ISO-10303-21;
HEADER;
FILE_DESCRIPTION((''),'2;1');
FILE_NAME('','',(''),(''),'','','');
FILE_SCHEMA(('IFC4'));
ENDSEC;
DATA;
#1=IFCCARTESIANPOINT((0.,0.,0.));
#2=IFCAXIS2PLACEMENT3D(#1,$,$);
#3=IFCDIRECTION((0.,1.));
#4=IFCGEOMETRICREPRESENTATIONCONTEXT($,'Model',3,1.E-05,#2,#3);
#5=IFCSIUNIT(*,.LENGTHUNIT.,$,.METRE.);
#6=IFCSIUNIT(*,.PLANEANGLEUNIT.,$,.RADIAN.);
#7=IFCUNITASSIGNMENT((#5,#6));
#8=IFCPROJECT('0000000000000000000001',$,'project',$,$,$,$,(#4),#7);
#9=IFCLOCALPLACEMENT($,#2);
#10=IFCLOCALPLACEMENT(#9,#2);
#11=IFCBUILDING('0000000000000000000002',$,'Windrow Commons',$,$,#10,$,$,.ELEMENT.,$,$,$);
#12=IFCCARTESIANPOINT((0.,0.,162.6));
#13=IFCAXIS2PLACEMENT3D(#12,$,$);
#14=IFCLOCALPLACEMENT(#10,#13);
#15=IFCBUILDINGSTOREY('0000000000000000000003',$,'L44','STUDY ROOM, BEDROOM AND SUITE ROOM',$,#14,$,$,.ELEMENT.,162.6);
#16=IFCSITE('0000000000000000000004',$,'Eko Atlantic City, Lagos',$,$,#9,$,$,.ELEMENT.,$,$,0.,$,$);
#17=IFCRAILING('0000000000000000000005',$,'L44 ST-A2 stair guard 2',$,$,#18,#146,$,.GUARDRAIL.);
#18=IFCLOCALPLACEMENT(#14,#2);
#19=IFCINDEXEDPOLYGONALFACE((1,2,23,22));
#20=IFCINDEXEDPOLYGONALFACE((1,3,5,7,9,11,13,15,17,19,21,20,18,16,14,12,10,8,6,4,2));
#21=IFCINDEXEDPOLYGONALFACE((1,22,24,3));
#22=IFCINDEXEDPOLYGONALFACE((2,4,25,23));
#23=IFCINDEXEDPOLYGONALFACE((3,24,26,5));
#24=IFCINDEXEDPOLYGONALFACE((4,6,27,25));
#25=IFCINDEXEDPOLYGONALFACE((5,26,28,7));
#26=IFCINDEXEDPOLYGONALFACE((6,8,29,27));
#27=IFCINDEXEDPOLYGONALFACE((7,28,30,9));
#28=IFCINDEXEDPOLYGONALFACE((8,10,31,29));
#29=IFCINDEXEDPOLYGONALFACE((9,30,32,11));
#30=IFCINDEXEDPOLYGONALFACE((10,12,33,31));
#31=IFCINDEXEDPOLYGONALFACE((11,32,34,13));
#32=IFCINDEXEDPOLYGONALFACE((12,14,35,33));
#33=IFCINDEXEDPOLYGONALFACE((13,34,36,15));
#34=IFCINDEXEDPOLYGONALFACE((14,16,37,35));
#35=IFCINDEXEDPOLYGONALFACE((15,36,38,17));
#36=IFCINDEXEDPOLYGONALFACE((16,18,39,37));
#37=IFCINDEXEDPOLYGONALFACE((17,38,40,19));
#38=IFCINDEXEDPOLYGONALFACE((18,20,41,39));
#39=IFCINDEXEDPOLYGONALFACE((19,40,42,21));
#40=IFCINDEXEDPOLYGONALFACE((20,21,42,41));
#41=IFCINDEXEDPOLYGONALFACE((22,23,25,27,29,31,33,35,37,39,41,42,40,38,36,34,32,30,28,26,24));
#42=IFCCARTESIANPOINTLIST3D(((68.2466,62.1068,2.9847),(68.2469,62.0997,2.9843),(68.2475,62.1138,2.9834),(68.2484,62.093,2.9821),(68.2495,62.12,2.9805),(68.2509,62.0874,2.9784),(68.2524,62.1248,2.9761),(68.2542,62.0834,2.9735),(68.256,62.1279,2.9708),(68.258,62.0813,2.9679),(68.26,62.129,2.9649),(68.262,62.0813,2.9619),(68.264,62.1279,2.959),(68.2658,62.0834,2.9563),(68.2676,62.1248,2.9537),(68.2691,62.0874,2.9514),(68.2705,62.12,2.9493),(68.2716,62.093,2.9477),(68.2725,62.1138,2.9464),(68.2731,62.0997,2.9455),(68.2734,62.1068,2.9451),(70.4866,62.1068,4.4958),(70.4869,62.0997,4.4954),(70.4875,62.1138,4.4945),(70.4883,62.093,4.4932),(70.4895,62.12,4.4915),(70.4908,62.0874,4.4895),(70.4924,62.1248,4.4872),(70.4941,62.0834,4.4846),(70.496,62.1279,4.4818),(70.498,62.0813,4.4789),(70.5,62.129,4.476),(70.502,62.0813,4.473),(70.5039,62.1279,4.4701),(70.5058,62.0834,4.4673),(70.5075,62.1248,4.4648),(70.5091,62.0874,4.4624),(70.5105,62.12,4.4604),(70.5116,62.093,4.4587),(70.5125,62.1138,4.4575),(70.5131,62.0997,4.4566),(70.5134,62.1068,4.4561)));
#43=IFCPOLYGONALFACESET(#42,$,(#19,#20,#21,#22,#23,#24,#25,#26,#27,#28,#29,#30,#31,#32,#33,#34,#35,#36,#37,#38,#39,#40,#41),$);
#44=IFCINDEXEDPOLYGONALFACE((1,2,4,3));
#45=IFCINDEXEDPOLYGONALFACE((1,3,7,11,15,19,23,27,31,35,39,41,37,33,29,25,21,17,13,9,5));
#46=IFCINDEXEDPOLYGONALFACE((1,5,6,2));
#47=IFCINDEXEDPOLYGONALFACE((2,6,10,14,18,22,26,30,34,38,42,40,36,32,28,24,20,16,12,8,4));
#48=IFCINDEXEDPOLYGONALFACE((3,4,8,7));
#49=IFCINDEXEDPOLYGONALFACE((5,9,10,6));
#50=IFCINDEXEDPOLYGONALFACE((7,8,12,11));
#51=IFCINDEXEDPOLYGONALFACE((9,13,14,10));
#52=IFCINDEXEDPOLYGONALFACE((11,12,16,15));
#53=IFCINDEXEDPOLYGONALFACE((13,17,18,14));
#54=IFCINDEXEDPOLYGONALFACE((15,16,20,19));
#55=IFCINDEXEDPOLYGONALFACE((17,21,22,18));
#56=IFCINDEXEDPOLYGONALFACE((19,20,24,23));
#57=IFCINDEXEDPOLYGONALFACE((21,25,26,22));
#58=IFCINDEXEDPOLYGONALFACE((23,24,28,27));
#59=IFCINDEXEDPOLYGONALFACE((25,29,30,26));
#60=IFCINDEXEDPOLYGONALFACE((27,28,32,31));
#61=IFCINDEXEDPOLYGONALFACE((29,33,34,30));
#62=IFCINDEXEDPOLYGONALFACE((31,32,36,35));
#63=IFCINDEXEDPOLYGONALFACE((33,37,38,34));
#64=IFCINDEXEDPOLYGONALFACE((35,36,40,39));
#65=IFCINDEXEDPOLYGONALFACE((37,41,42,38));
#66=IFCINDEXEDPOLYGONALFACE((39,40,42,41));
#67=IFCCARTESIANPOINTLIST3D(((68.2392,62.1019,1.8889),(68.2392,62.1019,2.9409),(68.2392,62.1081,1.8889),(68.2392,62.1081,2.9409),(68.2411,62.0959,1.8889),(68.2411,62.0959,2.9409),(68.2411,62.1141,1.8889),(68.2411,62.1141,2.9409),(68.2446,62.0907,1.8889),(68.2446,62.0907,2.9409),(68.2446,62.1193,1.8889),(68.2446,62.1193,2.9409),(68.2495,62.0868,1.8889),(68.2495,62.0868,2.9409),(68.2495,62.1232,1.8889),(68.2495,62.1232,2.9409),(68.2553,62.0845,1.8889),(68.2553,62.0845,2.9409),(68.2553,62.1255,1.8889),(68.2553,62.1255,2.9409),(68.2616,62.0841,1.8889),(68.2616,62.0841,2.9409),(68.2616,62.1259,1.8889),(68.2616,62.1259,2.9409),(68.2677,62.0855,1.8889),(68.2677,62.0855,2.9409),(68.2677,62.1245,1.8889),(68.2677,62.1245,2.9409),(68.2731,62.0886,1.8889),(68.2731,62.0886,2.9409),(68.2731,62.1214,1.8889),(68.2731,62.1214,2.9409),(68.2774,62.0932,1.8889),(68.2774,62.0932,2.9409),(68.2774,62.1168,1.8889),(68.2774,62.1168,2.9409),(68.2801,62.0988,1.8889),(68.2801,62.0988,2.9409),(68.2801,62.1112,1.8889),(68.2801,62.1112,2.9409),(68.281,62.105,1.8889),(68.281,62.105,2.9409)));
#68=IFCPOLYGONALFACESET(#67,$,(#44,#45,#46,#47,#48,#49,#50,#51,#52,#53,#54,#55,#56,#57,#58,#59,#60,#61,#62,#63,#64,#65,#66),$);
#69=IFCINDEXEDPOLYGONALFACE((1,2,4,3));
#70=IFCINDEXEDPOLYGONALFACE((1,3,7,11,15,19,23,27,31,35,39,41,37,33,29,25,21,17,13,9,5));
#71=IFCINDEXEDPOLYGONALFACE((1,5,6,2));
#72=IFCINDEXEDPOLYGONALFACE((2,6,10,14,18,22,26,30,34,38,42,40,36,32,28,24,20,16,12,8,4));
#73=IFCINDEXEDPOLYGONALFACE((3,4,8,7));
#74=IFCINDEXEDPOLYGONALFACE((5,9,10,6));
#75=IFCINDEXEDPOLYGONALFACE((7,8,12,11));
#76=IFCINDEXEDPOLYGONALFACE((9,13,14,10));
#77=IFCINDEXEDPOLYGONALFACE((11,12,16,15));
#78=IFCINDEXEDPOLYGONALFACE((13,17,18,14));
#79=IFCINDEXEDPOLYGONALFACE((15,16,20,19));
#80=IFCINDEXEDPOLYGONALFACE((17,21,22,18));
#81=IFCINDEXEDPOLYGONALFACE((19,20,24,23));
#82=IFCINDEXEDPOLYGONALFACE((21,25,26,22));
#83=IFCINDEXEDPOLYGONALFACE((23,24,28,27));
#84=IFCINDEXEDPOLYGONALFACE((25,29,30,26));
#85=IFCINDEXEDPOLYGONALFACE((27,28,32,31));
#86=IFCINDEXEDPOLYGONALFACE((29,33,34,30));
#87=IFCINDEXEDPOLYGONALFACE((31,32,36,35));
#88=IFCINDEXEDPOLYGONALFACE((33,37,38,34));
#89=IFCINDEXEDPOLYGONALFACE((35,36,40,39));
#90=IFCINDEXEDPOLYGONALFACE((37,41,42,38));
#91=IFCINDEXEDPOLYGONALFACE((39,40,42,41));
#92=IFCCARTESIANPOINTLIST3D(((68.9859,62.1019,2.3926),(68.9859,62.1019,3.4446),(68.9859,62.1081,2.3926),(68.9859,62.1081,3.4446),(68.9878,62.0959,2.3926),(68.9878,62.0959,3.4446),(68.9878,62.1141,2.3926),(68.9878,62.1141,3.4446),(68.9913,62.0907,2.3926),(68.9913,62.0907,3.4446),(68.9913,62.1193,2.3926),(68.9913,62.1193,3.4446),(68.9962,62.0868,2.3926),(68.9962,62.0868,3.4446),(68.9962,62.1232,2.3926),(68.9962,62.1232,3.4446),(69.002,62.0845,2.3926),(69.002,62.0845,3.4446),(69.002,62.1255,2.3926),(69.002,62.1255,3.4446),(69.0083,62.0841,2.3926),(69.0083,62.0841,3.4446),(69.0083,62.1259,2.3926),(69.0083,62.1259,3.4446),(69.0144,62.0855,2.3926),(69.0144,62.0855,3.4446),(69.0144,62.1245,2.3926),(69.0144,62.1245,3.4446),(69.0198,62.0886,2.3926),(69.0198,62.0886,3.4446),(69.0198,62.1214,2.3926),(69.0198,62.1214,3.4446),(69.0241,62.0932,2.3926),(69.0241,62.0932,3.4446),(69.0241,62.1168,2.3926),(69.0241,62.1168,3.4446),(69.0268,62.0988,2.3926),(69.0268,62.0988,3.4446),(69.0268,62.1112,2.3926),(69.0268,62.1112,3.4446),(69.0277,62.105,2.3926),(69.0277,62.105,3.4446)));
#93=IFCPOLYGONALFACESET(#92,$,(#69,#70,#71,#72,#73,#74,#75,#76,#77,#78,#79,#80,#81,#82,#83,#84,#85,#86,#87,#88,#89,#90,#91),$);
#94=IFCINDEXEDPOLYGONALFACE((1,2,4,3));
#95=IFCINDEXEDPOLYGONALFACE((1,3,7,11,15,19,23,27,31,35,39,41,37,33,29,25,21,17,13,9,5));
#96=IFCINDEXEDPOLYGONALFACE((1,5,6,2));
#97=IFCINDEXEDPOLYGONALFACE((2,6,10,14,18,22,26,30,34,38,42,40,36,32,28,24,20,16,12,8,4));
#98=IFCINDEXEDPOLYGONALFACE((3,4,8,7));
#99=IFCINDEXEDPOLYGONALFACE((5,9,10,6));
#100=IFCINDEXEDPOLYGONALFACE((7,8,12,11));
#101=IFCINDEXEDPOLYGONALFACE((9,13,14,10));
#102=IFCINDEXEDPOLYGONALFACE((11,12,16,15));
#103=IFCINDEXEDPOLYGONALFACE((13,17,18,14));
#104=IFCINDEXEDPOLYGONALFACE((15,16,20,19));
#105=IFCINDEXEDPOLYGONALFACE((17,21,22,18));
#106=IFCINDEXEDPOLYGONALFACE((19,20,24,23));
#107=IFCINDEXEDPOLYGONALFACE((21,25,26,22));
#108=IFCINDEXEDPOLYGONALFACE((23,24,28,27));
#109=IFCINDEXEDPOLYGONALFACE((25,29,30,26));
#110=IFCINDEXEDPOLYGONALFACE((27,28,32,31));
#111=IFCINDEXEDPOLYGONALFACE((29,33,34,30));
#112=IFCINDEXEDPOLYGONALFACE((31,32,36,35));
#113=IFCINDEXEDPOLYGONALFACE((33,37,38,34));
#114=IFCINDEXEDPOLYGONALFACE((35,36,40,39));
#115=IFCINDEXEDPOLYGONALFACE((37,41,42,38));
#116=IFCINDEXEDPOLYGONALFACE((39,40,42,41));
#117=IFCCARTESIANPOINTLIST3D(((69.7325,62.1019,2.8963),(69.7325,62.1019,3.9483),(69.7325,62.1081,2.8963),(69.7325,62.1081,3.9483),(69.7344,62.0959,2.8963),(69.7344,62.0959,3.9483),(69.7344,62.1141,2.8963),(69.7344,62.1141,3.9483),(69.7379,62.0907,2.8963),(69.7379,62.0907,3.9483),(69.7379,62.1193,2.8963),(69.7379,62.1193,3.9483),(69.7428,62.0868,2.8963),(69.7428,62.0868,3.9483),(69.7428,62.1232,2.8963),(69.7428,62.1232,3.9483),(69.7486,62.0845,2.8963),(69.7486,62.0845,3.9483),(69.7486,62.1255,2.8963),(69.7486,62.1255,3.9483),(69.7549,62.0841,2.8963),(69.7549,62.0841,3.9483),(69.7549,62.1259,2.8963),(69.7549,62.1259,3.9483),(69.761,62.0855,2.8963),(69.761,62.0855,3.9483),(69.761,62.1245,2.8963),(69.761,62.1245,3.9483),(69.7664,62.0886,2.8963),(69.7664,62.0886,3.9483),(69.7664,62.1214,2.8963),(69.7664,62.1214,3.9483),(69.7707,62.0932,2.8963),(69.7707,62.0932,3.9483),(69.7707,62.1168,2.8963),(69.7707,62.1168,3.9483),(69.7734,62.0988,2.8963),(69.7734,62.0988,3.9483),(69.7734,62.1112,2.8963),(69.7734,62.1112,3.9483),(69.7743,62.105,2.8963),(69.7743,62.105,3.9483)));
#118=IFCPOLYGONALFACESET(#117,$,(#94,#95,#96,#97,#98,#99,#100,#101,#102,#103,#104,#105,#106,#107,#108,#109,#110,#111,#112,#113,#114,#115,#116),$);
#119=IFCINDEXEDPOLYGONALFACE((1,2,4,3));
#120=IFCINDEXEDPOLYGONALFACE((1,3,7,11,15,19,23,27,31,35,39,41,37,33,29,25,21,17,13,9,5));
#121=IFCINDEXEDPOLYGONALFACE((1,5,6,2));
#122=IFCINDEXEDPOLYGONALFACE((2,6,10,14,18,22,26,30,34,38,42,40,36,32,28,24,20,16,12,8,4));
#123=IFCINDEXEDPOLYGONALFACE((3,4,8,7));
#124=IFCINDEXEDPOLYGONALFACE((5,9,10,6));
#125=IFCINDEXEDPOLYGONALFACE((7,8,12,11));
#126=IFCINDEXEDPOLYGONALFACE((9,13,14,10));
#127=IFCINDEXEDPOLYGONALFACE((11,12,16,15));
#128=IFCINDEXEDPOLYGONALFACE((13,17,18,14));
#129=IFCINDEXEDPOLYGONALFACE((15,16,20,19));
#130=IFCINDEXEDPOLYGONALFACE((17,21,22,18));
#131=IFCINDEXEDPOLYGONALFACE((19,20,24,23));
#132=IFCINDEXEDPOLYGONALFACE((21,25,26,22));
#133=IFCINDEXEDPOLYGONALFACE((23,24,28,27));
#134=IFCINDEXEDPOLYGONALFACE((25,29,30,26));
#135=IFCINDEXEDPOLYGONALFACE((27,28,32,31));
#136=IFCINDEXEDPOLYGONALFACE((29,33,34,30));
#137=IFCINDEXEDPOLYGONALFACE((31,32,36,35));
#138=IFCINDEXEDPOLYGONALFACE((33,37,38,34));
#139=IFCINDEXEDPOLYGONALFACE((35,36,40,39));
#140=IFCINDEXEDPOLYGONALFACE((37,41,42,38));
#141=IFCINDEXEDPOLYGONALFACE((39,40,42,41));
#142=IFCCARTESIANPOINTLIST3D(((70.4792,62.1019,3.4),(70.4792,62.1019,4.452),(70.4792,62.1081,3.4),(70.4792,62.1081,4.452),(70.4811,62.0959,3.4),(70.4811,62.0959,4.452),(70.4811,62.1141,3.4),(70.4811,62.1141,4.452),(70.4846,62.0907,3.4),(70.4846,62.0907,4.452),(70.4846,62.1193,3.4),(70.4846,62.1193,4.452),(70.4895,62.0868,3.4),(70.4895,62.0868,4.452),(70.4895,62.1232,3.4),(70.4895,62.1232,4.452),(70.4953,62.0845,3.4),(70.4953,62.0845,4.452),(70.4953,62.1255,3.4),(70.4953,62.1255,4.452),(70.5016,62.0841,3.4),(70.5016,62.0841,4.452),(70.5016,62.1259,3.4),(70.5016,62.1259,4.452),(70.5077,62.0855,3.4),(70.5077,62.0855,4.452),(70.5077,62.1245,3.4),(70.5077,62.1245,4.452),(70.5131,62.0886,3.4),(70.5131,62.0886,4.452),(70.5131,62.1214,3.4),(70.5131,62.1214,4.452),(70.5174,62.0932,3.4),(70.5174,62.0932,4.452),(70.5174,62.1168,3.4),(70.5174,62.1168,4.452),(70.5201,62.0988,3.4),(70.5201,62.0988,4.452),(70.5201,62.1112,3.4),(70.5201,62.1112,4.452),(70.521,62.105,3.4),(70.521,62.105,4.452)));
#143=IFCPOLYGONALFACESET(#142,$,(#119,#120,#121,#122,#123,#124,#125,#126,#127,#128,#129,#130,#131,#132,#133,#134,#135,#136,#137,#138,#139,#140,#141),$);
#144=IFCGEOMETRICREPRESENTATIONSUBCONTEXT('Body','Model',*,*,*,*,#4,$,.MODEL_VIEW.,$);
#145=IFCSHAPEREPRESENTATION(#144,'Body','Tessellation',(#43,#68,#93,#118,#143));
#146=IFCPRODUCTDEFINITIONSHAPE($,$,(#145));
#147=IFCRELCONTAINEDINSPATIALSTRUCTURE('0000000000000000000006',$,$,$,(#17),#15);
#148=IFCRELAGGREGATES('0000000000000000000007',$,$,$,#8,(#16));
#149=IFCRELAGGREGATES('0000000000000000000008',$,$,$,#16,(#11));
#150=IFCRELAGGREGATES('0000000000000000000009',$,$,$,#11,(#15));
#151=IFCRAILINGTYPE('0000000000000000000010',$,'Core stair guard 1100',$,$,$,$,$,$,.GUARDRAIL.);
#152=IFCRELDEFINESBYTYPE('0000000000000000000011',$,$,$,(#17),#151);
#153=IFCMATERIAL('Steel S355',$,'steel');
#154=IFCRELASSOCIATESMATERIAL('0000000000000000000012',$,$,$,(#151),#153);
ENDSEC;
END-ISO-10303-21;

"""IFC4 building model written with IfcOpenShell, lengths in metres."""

from ifc_helpers import new_model, si_unit, direction, frame, origin, origin_2d, place, context, subcontext, project, spatial, circle, extrude, material, type_object, element, save


model = new_model("IFC4")

# Units and contexts
model_context = context("Model", 3, precision=1e-05, world=origin(), true_north=direction((0.0, 1.0)))
body_context = subcontext(model_context, "Body", "Model", "MODEL_VIEW")
ifc_project = project(units=[si_unit("LENGTHUNIT", "METRE"), si_unit("PLANEANGLEUNIT", "RADIAN")], contexts=[model_context])

# Site, building, storey
site_placement = place(None, origin())
site = spatial("IfcSite", under=ifc_project, at=site_placement, Name="Eko Atlantic City, Lagos", CompositionType="ELEMENT", RefElevation=0.0)
building_placement = place(site_placement, origin())
building = spatial("IfcBuilding", under=site, at=building_placement, Name="Windrow Commons", CompositionType="ELEMENT")
storey_placement = place(building_placement, frame((0.0, 0.0, 162.6)))
storey = spatial("IfcBuildingStorey", under=building, at=storey_placement, Name="L44", Description="STUDY ROOM, BEDROOM AND SUITE ROOM", CompositionType="ELEMENT", Elevation=162.6)

# Railing
ifc_material_1 = material(Name="Steel S355", Category="steel")
railing_type = type_object("IfcRailingType", Name="Core stair guard 1100", PredefinedType="GUARDRAIL", material=ifc_material_1)
railing_1_placement = place(storey_placement, frame((68.26, 62.105, 1.8889)))
element("IfcRailing", 1, at=railing_1_placement, inside=storey, type_object=railing_type, Name="L44 ST-A2 stair guard 2", PredefinedType="GUARDRAIL", context=body_context, shape_type="SweptSolid", body=[
    extrude(circle(Radius=0.024, at=origin_2d()), frame((0.0, 0.0, 1.076), z_axis=(0.829003, 0.0, 0.559244), x_axis=(0.0, 1.0, 0.0)), (0.0, 0.0, 1.0), 2.702),
    extrude(circle(Radius=0.021, at=origin_2d()), origin(), (0.0, 0.0, 1.0), 1.052),
    extrude(circle(Radius=0.021, at=origin_2d()), frame((0.7467, 0.0, 0.5037)), (0.0, 0.0, 1.0), 1.052),
    extrude(circle(Radius=0.021, at=origin_2d()), frame((1.4933, 0.0, 1.0074)), (0.0, 0.0, 1.0), 1.052),
    extrude(circle(Radius=0.021, at=origin_2d()), frame((2.24, 0.0, 1.5111)), (0.0, 0.0, 1.0), 1.052),
])

save(model, "model.ifc")
